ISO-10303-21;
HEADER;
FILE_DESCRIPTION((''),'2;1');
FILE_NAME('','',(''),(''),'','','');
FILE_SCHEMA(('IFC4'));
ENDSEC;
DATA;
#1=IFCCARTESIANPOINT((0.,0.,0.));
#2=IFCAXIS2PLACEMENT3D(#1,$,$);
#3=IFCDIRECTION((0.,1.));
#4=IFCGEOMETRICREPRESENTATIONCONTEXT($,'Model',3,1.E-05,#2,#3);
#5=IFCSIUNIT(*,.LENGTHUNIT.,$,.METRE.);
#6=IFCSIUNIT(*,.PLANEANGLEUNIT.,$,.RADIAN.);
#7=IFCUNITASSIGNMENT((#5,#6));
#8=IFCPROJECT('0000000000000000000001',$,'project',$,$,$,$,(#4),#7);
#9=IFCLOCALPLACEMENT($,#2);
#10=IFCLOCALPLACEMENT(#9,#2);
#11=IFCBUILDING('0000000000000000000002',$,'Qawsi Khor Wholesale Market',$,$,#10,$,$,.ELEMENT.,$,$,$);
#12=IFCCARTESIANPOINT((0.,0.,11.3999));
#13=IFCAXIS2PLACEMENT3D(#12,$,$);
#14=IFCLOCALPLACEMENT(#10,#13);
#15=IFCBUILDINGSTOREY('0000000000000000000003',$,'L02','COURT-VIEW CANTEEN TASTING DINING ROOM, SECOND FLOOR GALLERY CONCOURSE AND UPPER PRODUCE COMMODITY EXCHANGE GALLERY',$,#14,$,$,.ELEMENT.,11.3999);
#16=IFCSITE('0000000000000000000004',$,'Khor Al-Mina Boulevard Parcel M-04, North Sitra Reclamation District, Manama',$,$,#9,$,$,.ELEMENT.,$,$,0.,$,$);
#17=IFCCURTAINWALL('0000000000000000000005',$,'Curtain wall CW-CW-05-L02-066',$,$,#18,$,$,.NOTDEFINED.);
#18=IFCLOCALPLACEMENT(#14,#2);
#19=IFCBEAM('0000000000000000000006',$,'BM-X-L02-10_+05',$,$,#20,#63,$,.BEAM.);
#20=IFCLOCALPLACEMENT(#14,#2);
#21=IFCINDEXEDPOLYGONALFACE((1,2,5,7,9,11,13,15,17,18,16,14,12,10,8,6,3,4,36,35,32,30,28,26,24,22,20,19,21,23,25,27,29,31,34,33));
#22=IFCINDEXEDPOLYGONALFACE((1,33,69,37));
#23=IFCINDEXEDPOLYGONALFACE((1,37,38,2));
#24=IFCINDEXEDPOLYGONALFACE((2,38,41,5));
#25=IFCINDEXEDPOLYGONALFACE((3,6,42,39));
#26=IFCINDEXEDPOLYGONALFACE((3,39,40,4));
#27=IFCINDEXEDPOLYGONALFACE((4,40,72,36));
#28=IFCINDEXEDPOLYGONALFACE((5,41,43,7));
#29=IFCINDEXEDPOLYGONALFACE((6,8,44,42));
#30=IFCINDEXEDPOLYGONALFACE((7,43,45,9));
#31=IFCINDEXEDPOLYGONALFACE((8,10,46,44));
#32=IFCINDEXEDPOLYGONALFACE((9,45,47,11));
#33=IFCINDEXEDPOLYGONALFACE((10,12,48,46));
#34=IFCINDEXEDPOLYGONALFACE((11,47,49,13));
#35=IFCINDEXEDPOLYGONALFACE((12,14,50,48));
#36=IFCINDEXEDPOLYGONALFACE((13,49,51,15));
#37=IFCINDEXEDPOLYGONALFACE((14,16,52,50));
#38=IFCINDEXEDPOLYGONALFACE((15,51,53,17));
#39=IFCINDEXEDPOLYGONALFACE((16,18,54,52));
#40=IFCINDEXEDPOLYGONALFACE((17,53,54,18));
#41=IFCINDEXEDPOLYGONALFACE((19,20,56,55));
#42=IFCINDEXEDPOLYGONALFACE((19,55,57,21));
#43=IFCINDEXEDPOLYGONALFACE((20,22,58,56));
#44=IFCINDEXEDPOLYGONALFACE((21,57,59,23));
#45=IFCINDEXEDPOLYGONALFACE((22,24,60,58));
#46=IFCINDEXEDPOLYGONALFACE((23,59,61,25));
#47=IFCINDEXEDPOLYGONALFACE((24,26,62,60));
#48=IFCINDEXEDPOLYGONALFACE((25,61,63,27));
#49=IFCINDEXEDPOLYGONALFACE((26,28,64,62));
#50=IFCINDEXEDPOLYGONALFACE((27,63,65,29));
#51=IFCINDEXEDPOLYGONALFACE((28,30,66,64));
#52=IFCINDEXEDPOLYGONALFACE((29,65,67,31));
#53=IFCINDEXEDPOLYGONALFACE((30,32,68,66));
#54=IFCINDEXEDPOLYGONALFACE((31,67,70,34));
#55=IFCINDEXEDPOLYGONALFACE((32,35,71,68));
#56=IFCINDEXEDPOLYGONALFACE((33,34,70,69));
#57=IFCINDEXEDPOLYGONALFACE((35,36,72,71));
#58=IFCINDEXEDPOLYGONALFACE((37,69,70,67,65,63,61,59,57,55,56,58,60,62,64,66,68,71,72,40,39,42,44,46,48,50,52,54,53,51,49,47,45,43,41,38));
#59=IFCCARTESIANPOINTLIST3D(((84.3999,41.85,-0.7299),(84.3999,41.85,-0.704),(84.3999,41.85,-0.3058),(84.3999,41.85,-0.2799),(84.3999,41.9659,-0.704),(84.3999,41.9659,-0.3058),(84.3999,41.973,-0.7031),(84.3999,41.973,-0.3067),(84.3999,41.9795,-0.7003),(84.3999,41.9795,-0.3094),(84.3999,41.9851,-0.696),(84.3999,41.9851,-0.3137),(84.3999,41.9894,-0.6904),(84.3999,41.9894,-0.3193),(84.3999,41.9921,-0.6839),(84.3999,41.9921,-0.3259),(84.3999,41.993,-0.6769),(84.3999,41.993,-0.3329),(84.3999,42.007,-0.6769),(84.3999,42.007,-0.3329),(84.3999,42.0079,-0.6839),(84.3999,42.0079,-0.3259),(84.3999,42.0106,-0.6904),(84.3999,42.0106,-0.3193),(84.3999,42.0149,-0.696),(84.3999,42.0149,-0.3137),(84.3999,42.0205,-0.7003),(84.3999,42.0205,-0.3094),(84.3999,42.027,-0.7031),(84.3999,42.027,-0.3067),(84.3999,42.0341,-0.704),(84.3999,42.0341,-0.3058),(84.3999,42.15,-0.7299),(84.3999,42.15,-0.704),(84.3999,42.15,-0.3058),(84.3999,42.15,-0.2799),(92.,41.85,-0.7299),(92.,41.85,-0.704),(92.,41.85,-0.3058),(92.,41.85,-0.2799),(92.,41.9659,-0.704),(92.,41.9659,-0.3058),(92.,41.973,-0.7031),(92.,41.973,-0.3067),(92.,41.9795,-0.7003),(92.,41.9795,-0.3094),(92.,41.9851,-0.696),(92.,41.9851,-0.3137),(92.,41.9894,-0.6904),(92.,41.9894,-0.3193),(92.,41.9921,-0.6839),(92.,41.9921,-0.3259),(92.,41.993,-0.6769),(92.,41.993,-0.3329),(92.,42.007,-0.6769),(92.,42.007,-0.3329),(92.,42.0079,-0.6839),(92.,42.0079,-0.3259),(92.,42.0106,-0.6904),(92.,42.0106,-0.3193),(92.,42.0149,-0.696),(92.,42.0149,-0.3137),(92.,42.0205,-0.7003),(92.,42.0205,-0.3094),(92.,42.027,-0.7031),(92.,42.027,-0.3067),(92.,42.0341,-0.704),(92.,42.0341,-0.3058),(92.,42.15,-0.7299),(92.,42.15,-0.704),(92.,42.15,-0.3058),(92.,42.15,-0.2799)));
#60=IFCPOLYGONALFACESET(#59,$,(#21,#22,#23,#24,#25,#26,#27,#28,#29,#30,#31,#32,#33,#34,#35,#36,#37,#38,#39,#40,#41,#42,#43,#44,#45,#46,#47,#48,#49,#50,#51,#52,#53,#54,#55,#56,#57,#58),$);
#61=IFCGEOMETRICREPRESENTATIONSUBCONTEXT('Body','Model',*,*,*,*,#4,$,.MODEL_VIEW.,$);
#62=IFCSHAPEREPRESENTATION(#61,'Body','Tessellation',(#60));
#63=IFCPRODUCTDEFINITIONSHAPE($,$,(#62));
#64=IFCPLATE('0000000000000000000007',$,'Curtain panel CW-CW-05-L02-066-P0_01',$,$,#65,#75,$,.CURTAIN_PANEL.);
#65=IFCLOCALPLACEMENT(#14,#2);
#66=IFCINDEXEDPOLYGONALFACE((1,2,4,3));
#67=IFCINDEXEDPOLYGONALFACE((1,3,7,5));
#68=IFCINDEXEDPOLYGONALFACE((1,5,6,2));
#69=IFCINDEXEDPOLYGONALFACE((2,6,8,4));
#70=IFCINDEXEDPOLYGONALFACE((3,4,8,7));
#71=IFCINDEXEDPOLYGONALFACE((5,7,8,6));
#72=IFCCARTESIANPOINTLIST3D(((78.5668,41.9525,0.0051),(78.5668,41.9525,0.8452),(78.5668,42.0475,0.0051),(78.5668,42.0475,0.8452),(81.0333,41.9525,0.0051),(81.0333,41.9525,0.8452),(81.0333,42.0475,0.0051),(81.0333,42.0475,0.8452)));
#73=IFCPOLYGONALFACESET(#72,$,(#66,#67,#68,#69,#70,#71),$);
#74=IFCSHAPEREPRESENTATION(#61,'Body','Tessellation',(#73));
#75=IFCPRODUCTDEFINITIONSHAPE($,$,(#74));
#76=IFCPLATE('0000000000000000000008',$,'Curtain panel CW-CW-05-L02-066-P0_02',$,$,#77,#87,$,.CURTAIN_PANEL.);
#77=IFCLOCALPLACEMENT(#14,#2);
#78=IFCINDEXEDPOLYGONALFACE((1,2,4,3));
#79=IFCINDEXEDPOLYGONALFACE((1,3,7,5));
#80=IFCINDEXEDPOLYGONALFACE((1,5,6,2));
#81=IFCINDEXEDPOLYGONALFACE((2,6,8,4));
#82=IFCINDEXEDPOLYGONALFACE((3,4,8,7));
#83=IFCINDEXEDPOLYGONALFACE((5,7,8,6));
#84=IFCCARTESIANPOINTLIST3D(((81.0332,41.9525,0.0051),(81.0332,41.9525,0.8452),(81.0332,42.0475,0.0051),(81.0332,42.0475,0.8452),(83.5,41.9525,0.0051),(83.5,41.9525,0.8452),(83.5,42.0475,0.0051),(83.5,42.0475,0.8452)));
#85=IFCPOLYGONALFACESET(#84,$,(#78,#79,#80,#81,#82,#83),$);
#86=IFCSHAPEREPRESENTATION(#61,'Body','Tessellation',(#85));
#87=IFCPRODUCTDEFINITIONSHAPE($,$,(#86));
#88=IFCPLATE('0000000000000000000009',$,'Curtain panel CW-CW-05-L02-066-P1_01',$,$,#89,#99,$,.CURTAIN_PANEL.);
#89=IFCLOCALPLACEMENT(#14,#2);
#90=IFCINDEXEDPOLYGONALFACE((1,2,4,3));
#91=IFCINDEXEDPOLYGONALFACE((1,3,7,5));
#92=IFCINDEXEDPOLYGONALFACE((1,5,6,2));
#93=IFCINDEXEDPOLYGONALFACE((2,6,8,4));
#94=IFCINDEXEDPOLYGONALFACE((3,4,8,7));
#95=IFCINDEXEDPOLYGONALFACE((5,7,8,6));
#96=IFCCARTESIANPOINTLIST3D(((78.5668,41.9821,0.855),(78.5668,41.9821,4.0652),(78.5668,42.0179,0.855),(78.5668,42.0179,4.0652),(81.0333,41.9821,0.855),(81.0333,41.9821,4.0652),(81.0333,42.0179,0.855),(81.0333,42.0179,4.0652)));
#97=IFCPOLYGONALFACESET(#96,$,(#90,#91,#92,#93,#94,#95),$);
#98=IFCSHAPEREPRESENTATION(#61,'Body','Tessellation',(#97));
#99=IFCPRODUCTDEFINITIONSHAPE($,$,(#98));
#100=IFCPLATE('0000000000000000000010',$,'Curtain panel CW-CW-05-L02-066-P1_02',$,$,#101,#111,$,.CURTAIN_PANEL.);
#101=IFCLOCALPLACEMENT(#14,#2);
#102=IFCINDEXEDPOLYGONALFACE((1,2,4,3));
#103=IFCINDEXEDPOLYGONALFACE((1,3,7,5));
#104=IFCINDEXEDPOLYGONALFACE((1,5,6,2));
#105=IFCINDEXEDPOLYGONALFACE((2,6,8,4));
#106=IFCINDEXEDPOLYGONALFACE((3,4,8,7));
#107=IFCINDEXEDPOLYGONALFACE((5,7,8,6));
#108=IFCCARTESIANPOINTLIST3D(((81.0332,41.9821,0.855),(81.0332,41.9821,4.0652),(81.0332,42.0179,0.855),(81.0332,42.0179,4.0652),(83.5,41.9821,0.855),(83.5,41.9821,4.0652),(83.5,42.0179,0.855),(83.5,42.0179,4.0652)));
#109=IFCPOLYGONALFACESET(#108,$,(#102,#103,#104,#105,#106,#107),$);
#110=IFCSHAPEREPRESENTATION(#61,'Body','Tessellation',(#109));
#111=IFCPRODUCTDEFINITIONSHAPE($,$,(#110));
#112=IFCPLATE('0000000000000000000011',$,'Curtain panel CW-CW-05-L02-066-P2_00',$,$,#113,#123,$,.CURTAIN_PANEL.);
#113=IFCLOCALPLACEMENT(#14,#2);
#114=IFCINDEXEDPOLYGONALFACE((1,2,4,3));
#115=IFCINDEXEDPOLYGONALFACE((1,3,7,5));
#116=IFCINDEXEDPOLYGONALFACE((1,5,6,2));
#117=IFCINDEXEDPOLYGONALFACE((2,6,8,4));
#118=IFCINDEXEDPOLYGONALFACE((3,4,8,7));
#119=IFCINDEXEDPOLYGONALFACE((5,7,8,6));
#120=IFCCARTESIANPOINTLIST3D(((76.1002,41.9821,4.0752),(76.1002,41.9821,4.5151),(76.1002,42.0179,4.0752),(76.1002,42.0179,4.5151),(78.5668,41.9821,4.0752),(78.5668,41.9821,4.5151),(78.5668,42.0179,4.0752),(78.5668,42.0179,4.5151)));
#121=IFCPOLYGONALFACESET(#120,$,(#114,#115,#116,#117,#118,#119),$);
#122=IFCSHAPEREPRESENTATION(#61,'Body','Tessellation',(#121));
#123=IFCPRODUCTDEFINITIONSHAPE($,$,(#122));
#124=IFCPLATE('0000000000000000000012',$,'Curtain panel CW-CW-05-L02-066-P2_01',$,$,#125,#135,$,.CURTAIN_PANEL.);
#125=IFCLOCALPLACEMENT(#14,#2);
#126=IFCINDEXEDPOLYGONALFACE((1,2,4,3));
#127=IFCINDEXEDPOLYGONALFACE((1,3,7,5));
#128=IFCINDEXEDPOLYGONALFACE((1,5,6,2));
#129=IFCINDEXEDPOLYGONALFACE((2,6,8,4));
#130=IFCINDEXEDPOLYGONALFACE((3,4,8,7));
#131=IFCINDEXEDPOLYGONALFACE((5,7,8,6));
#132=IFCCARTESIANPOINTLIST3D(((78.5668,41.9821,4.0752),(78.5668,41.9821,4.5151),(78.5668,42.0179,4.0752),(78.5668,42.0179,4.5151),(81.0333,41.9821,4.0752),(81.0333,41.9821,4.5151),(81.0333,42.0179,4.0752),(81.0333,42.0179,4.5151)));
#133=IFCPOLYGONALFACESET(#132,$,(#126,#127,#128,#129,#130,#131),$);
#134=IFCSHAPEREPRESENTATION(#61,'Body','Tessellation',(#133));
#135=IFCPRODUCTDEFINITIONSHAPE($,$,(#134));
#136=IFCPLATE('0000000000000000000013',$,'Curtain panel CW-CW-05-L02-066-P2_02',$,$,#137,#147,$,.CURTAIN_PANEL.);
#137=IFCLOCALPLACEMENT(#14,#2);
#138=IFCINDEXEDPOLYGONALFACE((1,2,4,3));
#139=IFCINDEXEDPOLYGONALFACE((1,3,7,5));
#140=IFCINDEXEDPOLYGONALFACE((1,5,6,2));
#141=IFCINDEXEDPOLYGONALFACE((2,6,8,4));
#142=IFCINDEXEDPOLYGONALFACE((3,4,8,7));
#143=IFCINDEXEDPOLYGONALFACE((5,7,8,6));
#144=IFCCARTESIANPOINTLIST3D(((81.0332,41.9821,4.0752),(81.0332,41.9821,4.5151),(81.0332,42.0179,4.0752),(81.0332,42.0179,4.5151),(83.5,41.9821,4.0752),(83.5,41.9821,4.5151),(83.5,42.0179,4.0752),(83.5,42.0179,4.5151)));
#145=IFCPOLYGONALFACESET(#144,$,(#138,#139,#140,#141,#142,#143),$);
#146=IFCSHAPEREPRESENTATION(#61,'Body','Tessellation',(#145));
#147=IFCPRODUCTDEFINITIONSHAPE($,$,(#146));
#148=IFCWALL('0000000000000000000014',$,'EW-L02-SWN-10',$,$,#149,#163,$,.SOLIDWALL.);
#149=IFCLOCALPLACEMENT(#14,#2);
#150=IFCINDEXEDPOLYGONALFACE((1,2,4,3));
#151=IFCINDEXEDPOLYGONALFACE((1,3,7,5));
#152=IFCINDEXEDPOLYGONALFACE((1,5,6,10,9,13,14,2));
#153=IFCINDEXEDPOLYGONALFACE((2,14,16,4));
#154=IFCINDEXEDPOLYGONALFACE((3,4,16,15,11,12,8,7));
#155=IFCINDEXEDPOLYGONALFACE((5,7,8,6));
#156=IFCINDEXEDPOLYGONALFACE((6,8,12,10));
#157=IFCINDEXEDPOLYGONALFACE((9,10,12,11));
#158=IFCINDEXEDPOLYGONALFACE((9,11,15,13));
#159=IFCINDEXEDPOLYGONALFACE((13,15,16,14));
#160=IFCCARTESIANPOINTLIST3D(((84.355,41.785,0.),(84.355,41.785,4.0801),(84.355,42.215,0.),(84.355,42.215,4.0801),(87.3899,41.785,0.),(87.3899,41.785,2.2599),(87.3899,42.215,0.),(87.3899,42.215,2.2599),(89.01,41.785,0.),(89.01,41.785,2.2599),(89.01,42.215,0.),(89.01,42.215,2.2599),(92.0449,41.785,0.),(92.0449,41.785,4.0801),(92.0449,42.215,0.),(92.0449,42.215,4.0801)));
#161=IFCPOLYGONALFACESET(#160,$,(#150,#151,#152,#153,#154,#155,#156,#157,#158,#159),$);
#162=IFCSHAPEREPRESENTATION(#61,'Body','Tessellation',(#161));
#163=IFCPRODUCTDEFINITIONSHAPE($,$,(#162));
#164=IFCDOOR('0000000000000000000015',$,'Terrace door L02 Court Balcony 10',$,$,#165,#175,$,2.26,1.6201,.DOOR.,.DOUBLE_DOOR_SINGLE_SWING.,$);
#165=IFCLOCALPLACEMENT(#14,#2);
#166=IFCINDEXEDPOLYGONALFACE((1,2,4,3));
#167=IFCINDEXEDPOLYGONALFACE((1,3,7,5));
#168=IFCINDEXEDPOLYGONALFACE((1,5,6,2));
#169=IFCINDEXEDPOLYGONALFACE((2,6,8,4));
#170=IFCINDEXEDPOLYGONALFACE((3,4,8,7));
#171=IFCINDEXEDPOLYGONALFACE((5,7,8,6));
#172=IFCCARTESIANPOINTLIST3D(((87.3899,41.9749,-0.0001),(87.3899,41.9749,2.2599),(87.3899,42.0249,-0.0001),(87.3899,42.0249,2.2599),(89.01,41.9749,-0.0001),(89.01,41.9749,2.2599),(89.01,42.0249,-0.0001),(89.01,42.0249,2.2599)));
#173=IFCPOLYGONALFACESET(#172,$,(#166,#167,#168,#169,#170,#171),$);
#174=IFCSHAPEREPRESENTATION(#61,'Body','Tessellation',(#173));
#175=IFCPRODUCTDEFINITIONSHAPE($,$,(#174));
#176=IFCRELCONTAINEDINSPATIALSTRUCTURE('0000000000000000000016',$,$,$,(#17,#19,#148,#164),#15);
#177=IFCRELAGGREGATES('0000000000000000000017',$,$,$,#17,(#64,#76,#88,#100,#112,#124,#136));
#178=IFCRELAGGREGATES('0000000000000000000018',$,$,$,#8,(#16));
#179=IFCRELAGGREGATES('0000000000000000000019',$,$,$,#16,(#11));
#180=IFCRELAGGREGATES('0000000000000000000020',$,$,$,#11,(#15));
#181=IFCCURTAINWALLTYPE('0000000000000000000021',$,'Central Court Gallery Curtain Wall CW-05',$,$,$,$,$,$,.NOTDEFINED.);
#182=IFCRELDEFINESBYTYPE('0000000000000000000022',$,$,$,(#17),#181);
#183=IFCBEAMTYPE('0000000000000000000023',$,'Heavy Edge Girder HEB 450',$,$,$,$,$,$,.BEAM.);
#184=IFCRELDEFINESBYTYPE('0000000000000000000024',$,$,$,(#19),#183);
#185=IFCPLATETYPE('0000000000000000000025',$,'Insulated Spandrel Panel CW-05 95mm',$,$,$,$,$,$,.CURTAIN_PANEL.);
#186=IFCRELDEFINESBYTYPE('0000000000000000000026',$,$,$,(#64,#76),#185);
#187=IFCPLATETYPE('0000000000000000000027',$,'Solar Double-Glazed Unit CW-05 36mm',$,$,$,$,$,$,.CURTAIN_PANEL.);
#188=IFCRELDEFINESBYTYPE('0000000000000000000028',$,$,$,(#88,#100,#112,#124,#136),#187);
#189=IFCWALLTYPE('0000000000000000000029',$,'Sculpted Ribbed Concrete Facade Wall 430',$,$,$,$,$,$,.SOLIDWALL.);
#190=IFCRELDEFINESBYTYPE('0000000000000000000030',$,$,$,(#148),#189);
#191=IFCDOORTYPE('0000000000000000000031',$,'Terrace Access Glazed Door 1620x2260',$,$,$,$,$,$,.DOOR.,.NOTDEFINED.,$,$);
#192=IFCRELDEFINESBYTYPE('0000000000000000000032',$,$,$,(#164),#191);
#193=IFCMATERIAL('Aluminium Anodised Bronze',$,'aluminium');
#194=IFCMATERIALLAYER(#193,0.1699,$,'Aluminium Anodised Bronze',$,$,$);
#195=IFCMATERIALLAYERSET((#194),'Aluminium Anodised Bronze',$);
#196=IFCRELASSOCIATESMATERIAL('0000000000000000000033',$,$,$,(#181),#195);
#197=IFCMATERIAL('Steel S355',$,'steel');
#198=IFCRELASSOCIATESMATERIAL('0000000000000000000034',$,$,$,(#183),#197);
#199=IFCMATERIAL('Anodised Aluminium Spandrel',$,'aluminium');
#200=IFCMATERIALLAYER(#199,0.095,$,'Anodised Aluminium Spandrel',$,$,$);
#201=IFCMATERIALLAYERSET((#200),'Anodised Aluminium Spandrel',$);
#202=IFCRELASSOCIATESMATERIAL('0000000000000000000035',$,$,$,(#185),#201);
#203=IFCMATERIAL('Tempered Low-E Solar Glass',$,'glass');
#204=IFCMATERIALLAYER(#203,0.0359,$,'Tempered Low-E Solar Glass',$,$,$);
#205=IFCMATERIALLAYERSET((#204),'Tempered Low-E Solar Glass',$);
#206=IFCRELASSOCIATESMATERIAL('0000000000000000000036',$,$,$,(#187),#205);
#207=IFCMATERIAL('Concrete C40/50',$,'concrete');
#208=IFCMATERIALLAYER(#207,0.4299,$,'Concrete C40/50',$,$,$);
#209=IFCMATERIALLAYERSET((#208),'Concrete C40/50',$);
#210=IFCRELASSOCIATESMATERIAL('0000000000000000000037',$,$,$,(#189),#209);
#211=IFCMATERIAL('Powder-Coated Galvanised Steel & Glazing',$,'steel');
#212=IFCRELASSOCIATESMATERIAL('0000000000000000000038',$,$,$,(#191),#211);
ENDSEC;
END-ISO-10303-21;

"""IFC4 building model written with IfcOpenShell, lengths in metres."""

from ifc_helpers import new_model, si_unit, direction, frame, frame_2d, origin, origin_2d, place, context, subcontext, project, spatial, rectangle, i_section, extrude, material, layer, layer_set, material_profile, profile_set, type_object, element, fill, aggregate, save


model = new_model("IFC4")

# Units and contexts
model_context = context("Model", 3, precision=1e-05, world=origin(), true_north=direction((0.0, 1.0)))
body_context = subcontext(model_context, "Body", "Model", "MODEL_VIEW")
ifc_project = project(units=[si_unit("LENGTHUNIT", "METRE"), si_unit("PLANEANGLEUNIT", "RADIAN")], contexts=[model_context])

# Site, building, storey
site_placement = place(None, origin())
site = spatial("IfcSite", under=ifc_project, at=site_placement, Name="Khor Al-Mina Boulevard Parcel M-04, North Sitra Reclamation District, Manama", CompositionType="ELEMENT", RefElevation=0.0)
building_placement = place(site_placement, origin())
building = spatial("IfcBuilding", under=site, at=building_placement, Name="Qawsi Khor Wholesale Market", CompositionType="ELEMENT")
storey_placement = place(building_placement, frame((0.0, 0.0, 11.3999)))
storey = spatial("IfcBuildingStorey", under=building, at=storey_placement, Name="L02", Description="COURT-VIEW CANTEEN TASTING DINING ROOM, SECOND FLOOR GALLERY CONCOURSE AND UPPER PRODUCE COMMODITY EXCHANGE GALLERY", CompositionType="ELEMENT", Elevation=11.3999)

# Shared definitions
ifc_material_1 = material(Name="Concrete C40/50", Category="concrete")

# Curtain wall
ifc_material_2 = material(Name="Aluminium Anodised Bronze", Category="aluminium")
ifc_layer_1 = layer(ifc_material_2, 0.1699, Name="Aluminium Anodised Bronze")
ifc_layer_set_1 = layer_set([ifc_layer_1], Name="Aluminium Anodised Bronze")
curtain_wall_type = type_object("IfcCurtainWallType", Name="Central Court Gallery Curtain Wall CW-05", PredefinedType="NOTDEFINED", material=ifc_layer_set_1)
curtain_wall_placement = place(storey_placement, origin())
curtain_wall = element("IfcCurtainWall", 1, at=curtain_wall_placement, inside=storey, type_object=curtain_wall_type, Name="Curtain wall CW-CW-05-L02-066", PredefinedType="NOTDEFINED")

# Beam
ifc_material_3 = material(Name="Steel S355", Category="steel")
ifc_material_profile_1 = material_profile(ifc_material_3, i_section(OverallWidth=0.3, OverallDepth=0.45, WebThickness=0.0139, FlangeThickness=0.0259, FilletRadius=0.0271, at=origin_2d()), Name="HEB 450")
ifc_profile_set_1 = profile_set([ifc_material_profile_1], Name="Steel S355")
beam_type = type_object("IfcBeamType", Name="Heavy Edge Girder HEB 450", PredefinedType="BEAM", material=ifc_profile_set_1)
beam_placement = place(storey_placement, frame((84.3999, 42.0, -0.5049), z_axis=(1.0, 0.0, 0.0), x_axis=(0.0, 1.0, 0.0)))
element("IfcBeam", 2, at=beam_placement, inside=storey, type_object=beam_type, Name="BM-X-L02-10_+05", PredefinedType="BEAM", context=body_context, shape_type="SweptSolid", body=[
    extrude(i_section(OverallWidth=0.3, OverallDepth=0.45, WebThickness=0.0139, FlangeThickness=0.0259, FilletRadius=0.0271, at=origin_2d()), origin(), (0.0, 0.0, 1.0), 7.6001),
])

# Plates
ifc_material_4 = material(Name="Anodised Aluminium Spandrel", Category="aluminium")
ifc_layer_2 = layer(ifc_material_4, 0.095, Name="Anodised Aluminium Spandrel")
ifc_layer_set_2 = layer_set([ifc_layer_2], Name="Anodised Aluminium Spandrel")
plate_type_1 = type_object("IfcPlateType", Name="Insulated Spandrel Panel CW-05 95mm", PredefinedType="CURTAIN_PANEL", material=ifc_layer_set_2)
plate_1_placement = place(storey_placement, frame((78.5667, 42.0, 0.0051), z_axis=(0.0, 0.0, 1.0), x_axis=(1.0, 0.0, 0.0)))
plate_1 = element("IfcPlate", 3, at=plate_1_placement, type_object=plate_type_1, Name="Curtain panel CW-CW-05-L02-066-P0_01", PredefinedType="CURTAIN_PANEL", context=body_context, shape_type="SweptSolid", body=[
    extrude(rectangle(XDim=2.4666, YDim=0.095, at=frame_2d((1.2334, 0.0))), origin(), (0.0, 0.0, 1.0), 0.8401),
])
plate_2_placement = place(storey_placement, frame((81.0332, 42.0, 0.0051), z_axis=(0.0, 0.0, 1.0), x_axis=(1.0, 0.0, 0.0)))
plate_2 = element("IfcPlate", 4, at=plate_2_placement, type_object=plate_type_1, Name="Curtain panel CW-CW-05-L02-066-P0_02", PredefinedType="CURTAIN_PANEL", context=body_context, shape_type="SweptSolid", body=[
    extrude(rectangle(XDim=2.4668, YDim=0.095, at=frame_2d((1.2334, 0.0))), origin(), (0.0, 0.0, 1.0), 0.8401),
])
ifc_material_5 = material(Name="Tempered Low-E Solar Glass", Category="glass")
ifc_layer_3 = layer(ifc_material_5, 0.0359, Name="Tempered Low-E Solar Glass")
ifc_layer_set_3 = layer_set([ifc_layer_3], Name="Tempered Low-E Solar Glass")
plate_type_2 = type_object("IfcPlateType", Name="Solar Double-Glazed Unit CW-05 36mm", PredefinedType="CURTAIN_PANEL", material=ifc_layer_set_3)
plate_3_placement = place(storey_placement, frame((78.5667, 42.0, 0.855), z_axis=(0.0, 0.0, 1.0), x_axis=(1.0, 0.0, 0.0)))
plate_3 = element("IfcPlate", 5, at=plate_3_placement, type_object=plate_type_2, Name="Curtain panel CW-CW-05-L02-066-P1_01", PredefinedType="CURTAIN_PANEL", context=body_context, shape_type="SweptSolid", body=[
    extrude(rectangle(XDim=2.4666, YDim=0.0359, at=frame_2d((1.2334, 0.0))), origin(), (0.0, 0.0, 1.0), 3.2102),
])
plate_4_placement = place(storey_placement, frame((81.0332, 42.0, 0.855), z_axis=(0.0, 0.0, 1.0), x_axis=(1.0, 0.0, 0.0)))
plate_4 = element("IfcPlate", 6, at=plate_4_placement, type_object=plate_type_2, Name="Curtain panel CW-CW-05-L02-066-P1_02", PredefinedType="CURTAIN_PANEL", context=body_context, shape_type="SweptSolid", body=[
    extrude(rectangle(XDim=2.4668, YDim=0.0359, at=frame_2d((1.2334, 0.0))), origin(), (0.0, 0.0, 1.0), 3.2102),
])
plate_5_placement = place(storey_placement, frame((76.1001, 42.0, 4.0752), z_axis=(0.0, 0.0, 1.0), x_axis=(1.0, 0.0, 0.0)))
plate_5 = element("IfcPlate", 7, at=plate_5_placement, type_object=plate_type_2, Name="Curtain panel CW-CW-05-L02-066-P2_00", PredefinedType="CURTAIN_PANEL", context=body_context, shape_type="SweptSolid", body=[
    extrude(rectangle(XDim=2.4666, YDim=0.0359, at=frame_2d((1.2334, 0.0))), origin(), (0.0, 0.0, 1.0), 0.4399),
])
plate_6_placement = place(storey_placement, frame((78.5667, 42.0, 4.0752), z_axis=(0.0, 0.0, 1.0), x_axis=(1.0, 0.0, 0.0)))
plate_6 = element("IfcPlate", 8, at=plate_6_placement, type_object=plate_type_2, Name="Curtain panel CW-CW-05-L02-066-P2_01", PredefinedType="CURTAIN_PANEL", context=body_context, shape_type="SweptSolid", body=[
    extrude(rectangle(XDim=2.4666, YDim=0.0359, at=frame_2d((1.2334, 0.0))), origin(), (0.0, 0.0, 1.0), 0.4399),
])
plate_7_placement = place(storey_placement, frame((81.0332, 42.0, 4.0752), z_axis=(0.0, 0.0, 1.0), x_axis=(1.0, 0.0, 0.0)))
plate_7 = element("IfcPlate", 9, at=plate_7_placement, type_object=plate_type_2, Name="Curtain panel CW-CW-05-L02-066-P2_02", PredefinedType="CURTAIN_PANEL", context=body_context, shape_type="SweptSolid", body=[
    extrude(rectangle(XDim=2.4668, YDim=0.0359, at=frame_2d((1.2334, 0.0))), origin(), (0.0, 0.0, 1.0), 0.4399),
])
aggregate(curtain_wall, [plate_1, plate_2, plate_3, plate_4, plate_5, plate_6, plate_7])

# Wall, opening, door
ifc_layer_4 = layer(ifc_material_1, 0.4299, Name="Concrete C40/50")
ifc_layer_set_4 = layer_set([ifc_layer_4], Name="Concrete C40/50")
wall_type = type_object("IfcWallType", Name="Sculpted Ribbed Concrete Facade Wall 430", PredefinedType="SOLIDWALL", material=ifc_layer_set_4)
wall_placement = place(storey_placement, frame((84.355, 42.0, 0.0), z_axis=(0.0, 0.0, 1.0), x_axis=(1.0, 0.0, 0.0)))
wall = element("IfcWall", 10, at=wall_placement, inside=storey, type_object=wall_type, Name="EW-L02-SWN-10", PredefinedType="SOLIDWALL", context=body_context, shape_type="SweptSolid", body=[
    extrude(rectangle(XDim=7.6899, YDim=0.4299, at=frame_2d((3.845, 0.0))), origin(), (0.0, 0.0, 1.0), 4.0801),
])
opening_placement = place(wall_placement, frame((3.0349, 0.0, 0.0)))
opening = element("IfcOpeningElement", 11, at=opening_placement, cuts=wall, PredefinedType="OPENING", context=body_context, shape_type="SweptSolid", body=[
    extrude(rectangle(XDim=1.6201, YDim=2.26, at=frame_2d((0.8101, 1.1299))), frame((0.0, 0.2249, 0.0), z_axis=(0.0, -1.0, 0.0), x_axis=(1.0, 0.0, 0.0)), (0.0, 0.0, 1.0), 0.45),
])
ifc_material_6 = material(Name="Powder-Coated Galvanised Steel & Glazing", Category="steel")
door_type = type_object("IfcDoorType", Name="Terrace Access Glazed Door 1620x2260", OperationType="NOTDEFINED", PredefinedType="DOOR", material=ifc_material_6)
door_placement = place(opening_placement, origin())
door = element("IfcDoor", 12, at=door_placement, inside=storey, type_object=door_type, Name="Terrace door L02 Court Balcony 10", OperationType="DOUBLE_DOOR_SINGLE_SWING", OverallHeight=2.26, OverallWidth=1.6201, PredefinedType="DOOR", context=body_context, shape_type="SweptSolid", body=[
    extrude(rectangle(XDim=1.6201, YDim=2.26, at=frame_2d((0.8101, 1.1299))), frame((0.0, 0.0249, 0.0), z_axis=(0.0, -1.0, 0.0), x_axis=(1.0, 0.0, 0.0)), (0.0, 0.0, 1.0), 0.05),
])
fill(opening, door)

save(model, "model.ifc")
